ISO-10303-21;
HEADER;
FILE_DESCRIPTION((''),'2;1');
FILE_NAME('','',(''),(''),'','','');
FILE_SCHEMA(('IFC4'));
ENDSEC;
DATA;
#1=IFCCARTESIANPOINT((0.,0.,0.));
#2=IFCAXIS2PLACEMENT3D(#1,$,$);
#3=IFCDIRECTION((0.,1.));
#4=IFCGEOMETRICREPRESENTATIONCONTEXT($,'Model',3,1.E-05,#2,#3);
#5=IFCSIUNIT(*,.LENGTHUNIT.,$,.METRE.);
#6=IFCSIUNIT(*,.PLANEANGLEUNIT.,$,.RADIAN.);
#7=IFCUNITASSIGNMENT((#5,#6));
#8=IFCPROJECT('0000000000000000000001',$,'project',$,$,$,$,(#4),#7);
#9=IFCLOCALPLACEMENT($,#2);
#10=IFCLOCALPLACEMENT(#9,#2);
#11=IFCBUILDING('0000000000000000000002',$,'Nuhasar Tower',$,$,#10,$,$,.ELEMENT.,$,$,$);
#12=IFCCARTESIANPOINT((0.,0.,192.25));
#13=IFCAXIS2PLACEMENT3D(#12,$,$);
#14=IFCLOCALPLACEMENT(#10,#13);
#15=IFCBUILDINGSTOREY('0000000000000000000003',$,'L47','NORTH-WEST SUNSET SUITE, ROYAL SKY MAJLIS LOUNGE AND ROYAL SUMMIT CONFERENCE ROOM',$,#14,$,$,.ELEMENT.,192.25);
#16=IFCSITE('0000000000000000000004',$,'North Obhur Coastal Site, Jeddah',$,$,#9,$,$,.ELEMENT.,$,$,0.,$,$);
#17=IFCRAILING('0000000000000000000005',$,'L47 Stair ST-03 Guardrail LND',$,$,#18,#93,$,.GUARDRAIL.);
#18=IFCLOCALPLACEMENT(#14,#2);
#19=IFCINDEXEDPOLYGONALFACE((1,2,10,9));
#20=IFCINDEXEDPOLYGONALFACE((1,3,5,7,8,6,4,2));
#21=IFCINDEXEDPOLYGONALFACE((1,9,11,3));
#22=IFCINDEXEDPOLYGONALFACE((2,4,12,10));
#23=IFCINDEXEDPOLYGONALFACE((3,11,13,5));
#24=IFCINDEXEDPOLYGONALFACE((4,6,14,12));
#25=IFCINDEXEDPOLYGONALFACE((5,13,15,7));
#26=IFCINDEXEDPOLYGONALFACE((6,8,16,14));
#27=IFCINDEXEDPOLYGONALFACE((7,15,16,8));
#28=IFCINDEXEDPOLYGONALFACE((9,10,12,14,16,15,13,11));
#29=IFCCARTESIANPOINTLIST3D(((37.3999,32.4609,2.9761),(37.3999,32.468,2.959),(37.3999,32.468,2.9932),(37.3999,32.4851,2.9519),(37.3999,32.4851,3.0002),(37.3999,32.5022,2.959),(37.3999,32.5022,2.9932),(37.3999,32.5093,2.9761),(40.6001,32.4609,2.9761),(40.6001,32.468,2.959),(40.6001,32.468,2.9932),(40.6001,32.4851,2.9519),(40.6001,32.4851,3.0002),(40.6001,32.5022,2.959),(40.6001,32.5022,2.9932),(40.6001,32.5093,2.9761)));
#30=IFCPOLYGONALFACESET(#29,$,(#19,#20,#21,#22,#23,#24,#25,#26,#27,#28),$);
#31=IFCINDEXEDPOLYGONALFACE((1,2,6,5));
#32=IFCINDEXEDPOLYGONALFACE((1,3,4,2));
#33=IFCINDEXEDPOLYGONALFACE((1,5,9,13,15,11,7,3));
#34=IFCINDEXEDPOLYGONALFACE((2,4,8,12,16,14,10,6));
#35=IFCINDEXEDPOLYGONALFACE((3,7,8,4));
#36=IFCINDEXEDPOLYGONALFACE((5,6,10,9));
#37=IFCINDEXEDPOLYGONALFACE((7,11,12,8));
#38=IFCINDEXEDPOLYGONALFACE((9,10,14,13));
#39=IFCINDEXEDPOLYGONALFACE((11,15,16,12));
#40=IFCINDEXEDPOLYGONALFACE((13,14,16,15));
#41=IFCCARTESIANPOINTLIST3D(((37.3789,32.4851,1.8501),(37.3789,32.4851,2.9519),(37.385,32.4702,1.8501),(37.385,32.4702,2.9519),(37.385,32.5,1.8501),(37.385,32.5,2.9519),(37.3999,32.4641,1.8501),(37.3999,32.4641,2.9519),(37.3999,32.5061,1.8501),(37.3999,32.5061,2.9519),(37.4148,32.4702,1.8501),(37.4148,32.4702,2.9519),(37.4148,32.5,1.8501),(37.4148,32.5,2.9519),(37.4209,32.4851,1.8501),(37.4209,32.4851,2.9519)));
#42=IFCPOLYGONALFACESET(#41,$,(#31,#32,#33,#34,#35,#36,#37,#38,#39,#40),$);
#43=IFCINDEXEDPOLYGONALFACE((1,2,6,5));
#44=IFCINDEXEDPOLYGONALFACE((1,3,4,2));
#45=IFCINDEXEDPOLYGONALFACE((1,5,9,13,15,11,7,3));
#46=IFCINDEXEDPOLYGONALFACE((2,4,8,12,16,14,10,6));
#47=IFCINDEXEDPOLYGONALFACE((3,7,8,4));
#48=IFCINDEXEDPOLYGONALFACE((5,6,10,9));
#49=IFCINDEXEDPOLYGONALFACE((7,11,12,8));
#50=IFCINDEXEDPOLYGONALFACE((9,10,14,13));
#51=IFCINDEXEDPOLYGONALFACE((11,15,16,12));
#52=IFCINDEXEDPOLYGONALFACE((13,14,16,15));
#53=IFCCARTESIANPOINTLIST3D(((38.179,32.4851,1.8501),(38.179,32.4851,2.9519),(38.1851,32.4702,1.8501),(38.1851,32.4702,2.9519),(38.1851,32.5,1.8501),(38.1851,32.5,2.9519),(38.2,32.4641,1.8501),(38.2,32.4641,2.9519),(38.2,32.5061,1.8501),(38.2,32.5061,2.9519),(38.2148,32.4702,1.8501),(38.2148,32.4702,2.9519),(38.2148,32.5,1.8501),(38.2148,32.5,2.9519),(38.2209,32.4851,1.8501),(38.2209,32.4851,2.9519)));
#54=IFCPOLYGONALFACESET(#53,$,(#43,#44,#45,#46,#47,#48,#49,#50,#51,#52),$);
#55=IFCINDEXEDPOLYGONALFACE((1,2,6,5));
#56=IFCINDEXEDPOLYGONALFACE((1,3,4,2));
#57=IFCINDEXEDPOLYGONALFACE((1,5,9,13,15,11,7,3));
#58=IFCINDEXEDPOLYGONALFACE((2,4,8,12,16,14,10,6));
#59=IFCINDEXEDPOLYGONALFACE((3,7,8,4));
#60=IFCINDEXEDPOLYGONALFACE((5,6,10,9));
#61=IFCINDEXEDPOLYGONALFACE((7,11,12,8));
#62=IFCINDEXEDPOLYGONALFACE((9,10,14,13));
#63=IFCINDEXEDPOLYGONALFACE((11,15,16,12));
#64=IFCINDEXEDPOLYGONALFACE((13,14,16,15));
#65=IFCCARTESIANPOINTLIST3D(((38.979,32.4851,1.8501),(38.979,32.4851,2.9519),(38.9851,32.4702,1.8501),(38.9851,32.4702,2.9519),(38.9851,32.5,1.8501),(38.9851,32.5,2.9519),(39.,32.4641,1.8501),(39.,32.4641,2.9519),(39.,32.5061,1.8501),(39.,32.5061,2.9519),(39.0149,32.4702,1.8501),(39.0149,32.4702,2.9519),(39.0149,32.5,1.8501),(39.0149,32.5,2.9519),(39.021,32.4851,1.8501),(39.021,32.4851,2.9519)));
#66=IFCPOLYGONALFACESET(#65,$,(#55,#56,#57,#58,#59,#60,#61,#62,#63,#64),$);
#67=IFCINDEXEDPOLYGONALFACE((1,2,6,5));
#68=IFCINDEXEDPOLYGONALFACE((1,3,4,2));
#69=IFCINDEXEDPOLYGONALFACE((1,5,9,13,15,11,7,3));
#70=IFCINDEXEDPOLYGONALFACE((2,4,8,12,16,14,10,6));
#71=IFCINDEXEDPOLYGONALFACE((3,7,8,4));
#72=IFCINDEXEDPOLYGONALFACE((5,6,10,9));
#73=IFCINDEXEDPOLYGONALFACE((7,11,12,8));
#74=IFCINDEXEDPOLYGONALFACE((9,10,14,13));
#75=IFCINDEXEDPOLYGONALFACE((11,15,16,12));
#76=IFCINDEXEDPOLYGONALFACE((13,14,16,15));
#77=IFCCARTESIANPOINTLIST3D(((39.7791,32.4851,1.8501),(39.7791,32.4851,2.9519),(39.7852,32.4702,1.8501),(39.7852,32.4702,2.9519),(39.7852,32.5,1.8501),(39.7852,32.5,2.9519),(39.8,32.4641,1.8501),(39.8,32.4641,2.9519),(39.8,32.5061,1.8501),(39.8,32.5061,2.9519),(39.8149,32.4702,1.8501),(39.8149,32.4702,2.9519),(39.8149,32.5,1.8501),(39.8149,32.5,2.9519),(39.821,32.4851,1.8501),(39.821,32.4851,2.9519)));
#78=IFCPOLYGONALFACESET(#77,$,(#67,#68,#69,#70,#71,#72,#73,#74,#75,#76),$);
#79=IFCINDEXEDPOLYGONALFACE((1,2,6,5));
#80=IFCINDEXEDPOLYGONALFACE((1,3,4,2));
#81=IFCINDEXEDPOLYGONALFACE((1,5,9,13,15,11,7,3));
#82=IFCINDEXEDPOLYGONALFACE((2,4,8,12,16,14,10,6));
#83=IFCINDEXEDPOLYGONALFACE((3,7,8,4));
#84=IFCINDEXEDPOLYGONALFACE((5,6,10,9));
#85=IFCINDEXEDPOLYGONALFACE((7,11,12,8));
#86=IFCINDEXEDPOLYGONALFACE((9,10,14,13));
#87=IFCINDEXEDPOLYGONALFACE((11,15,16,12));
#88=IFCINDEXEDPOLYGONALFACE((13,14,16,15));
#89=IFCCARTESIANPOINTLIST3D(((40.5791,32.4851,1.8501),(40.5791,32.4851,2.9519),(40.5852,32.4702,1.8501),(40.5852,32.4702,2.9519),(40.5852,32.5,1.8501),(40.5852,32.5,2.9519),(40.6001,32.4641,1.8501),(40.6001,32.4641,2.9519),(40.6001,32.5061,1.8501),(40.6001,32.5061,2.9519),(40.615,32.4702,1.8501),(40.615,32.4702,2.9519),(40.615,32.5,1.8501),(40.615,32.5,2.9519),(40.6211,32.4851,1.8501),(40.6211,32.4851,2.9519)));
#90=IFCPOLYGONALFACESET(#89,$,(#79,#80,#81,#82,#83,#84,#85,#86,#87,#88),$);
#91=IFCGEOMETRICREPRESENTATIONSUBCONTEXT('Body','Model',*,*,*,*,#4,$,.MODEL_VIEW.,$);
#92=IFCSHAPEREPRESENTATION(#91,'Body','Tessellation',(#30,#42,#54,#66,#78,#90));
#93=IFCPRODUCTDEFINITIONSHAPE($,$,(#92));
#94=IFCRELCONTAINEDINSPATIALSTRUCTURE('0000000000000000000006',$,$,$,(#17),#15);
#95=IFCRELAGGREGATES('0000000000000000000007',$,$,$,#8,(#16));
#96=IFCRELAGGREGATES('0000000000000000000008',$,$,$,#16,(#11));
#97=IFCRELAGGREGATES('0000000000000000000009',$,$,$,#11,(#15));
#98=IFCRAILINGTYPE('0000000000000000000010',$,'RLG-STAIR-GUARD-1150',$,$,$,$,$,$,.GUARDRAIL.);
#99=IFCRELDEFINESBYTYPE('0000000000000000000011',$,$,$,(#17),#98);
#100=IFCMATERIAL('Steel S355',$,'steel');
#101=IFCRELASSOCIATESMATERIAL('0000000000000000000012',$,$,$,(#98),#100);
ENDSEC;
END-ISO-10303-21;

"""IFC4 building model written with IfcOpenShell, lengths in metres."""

from ifc_helpers import new_model, si_unit, direction, frame, origin, place, context, subcontext, project, spatial, polyline, outline, extrude, material, type_object, element, save


model = new_model("IFC4")

# Units and contexts
model_context = context("Model", 3, precision=1e-05, world=origin(), true_north=direction((0.0, 1.0)))
body_context = subcontext(model_context, "Body", "Model", "MODEL_VIEW")
ifc_project = project(units=[si_unit("LENGTHUNIT", "METRE"), si_unit("PLANEANGLEUNIT", "RADIAN")], contexts=[model_context])

# Site, building, storey
site_placement = place(None, origin())
site = spatial("IfcSite", under=ifc_project, at=site_placement, Name="North Obhur Coastal Site, Jeddah", CompositionType="ELEMENT", RefElevation=0.0)
building_placement = place(site_placement, origin())
building = spatial("IfcBuilding", under=site, at=building_placement, Name="Nuhasar Tower", CompositionType="ELEMENT")
storey_placement = place(building_placement, frame((0.0, 0.0, 192.25)))
storey = spatial("IfcBuildingStorey", under=building, at=storey_placement, Name="L47", Description="NORTH-WEST SUNSET SUITE, ROYAL SKY MAJLIS LOUNGE AND ROYAL SUMMIT CONFERENCE ROOM", CompositionType="ELEMENT", Elevation=192.25)

# Shared definitions
ifc_material_1 = material(Name="Steel S355", Category="steel")

# Railing
railing_type_1 = type_object("IfcRailingType", Name="RLG-STAIR-GUARD-1150", PredefinedType="GUARDRAIL", material=ifc_material_1)
railing_1_placement = place(storey_placement, frame((37.3999, 32.4851, 1.8501)))
element("IfcRailing", 1, at=railing_1_placement, inside=storey, type_object=railing_type_1, Name="L47 Stair ST-03 Guardrail LND", PredefinedType="GUARDRAIL", context=body_context, shape_type="SweptSolid", body=[
    extrude(outline(polyline([(0.0242, 0.0), (0.0171, 0.0171), (0.0, 0.0242), (-0.0171, 0.0171), (-0.0242, 0.0), (-0.0171, -0.0171), (0.0, -0.0242), (0.0171, -0.0171), (0.0242, 0.0)])), frame((0.0, 0.0, 1.126), z_axis=(1.0, 0.0, 0.0), x_axis=(0.0, 1.0, 0.0)), (0.0, 0.0, 1.0), 3.2002),
    extrude(outline(polyline([(0.021, 0.0), (0.0149, 0.0149), (0.0, 0.021), (-0.0149, 0.0149), (-0.021, 0.0), (-0.0149, -0.0149), (0.0, -0.021), (0.0149, -0.0149), (0.021, 0.0)])), origin(), (0.0, 0.0, 1.0), 1.1018),
    extrude(outline(polyline([(0.021, 0.0), (0.0149, 0.0149), (0.0, 0.021), (-0.0149, 0.0149), (-0.021, 0.0), (-0.0149, -0.0149), (0.0, -0.021), (0.0149, -0.0149), (0.021, 0.0)])), frame((0.8, 0.0, 0.0)), (0.0, 0.0, 1.0), 1.1018),
    extrude(outline(polyline([(0.021, 0.0), (0.0149, 0.0149), (0.0, 0.021), (-0.0149, 0.0149), (-0.021, 0.0), (-0.0149, -0.0149), (0.0, -0.021), (0.0149, -0.0149), (0.021, 0.0)])), frame((1.6001, 0.0, 0.0)), (0.0, 0.0, 1.0), 1.1018),
    extrude(outline(polyline([(0.021, 0.0), (0.0149, 0.0149), (0.0, 0.021), (-0.0149, 0.0149), (-0.021, 0.0), (-0.0149, -0.0149), (0.0, -0.021), (0.0149, -0.0149), (0.021, 0.0)])), frame((2.4001, 0.0, 0.0)), (0.0, 0.0, 1.0), 1.1018),
    extrude(outline(polyline([(0.021, 0.0), (0.0149, 0.0149), (0.0, 0.021), (-0.0149, 0.0149), (-0.021, 0.0), (-0.0149, -0.0149), (0.0, -0.021), (0.0149, -0.0149), (0.021, 0.0)])), frame((3.2002, 0.0, 0.0)), (0.0, 0.0, 1.0), 1.1018),
])

save(model, "model.ifc")
